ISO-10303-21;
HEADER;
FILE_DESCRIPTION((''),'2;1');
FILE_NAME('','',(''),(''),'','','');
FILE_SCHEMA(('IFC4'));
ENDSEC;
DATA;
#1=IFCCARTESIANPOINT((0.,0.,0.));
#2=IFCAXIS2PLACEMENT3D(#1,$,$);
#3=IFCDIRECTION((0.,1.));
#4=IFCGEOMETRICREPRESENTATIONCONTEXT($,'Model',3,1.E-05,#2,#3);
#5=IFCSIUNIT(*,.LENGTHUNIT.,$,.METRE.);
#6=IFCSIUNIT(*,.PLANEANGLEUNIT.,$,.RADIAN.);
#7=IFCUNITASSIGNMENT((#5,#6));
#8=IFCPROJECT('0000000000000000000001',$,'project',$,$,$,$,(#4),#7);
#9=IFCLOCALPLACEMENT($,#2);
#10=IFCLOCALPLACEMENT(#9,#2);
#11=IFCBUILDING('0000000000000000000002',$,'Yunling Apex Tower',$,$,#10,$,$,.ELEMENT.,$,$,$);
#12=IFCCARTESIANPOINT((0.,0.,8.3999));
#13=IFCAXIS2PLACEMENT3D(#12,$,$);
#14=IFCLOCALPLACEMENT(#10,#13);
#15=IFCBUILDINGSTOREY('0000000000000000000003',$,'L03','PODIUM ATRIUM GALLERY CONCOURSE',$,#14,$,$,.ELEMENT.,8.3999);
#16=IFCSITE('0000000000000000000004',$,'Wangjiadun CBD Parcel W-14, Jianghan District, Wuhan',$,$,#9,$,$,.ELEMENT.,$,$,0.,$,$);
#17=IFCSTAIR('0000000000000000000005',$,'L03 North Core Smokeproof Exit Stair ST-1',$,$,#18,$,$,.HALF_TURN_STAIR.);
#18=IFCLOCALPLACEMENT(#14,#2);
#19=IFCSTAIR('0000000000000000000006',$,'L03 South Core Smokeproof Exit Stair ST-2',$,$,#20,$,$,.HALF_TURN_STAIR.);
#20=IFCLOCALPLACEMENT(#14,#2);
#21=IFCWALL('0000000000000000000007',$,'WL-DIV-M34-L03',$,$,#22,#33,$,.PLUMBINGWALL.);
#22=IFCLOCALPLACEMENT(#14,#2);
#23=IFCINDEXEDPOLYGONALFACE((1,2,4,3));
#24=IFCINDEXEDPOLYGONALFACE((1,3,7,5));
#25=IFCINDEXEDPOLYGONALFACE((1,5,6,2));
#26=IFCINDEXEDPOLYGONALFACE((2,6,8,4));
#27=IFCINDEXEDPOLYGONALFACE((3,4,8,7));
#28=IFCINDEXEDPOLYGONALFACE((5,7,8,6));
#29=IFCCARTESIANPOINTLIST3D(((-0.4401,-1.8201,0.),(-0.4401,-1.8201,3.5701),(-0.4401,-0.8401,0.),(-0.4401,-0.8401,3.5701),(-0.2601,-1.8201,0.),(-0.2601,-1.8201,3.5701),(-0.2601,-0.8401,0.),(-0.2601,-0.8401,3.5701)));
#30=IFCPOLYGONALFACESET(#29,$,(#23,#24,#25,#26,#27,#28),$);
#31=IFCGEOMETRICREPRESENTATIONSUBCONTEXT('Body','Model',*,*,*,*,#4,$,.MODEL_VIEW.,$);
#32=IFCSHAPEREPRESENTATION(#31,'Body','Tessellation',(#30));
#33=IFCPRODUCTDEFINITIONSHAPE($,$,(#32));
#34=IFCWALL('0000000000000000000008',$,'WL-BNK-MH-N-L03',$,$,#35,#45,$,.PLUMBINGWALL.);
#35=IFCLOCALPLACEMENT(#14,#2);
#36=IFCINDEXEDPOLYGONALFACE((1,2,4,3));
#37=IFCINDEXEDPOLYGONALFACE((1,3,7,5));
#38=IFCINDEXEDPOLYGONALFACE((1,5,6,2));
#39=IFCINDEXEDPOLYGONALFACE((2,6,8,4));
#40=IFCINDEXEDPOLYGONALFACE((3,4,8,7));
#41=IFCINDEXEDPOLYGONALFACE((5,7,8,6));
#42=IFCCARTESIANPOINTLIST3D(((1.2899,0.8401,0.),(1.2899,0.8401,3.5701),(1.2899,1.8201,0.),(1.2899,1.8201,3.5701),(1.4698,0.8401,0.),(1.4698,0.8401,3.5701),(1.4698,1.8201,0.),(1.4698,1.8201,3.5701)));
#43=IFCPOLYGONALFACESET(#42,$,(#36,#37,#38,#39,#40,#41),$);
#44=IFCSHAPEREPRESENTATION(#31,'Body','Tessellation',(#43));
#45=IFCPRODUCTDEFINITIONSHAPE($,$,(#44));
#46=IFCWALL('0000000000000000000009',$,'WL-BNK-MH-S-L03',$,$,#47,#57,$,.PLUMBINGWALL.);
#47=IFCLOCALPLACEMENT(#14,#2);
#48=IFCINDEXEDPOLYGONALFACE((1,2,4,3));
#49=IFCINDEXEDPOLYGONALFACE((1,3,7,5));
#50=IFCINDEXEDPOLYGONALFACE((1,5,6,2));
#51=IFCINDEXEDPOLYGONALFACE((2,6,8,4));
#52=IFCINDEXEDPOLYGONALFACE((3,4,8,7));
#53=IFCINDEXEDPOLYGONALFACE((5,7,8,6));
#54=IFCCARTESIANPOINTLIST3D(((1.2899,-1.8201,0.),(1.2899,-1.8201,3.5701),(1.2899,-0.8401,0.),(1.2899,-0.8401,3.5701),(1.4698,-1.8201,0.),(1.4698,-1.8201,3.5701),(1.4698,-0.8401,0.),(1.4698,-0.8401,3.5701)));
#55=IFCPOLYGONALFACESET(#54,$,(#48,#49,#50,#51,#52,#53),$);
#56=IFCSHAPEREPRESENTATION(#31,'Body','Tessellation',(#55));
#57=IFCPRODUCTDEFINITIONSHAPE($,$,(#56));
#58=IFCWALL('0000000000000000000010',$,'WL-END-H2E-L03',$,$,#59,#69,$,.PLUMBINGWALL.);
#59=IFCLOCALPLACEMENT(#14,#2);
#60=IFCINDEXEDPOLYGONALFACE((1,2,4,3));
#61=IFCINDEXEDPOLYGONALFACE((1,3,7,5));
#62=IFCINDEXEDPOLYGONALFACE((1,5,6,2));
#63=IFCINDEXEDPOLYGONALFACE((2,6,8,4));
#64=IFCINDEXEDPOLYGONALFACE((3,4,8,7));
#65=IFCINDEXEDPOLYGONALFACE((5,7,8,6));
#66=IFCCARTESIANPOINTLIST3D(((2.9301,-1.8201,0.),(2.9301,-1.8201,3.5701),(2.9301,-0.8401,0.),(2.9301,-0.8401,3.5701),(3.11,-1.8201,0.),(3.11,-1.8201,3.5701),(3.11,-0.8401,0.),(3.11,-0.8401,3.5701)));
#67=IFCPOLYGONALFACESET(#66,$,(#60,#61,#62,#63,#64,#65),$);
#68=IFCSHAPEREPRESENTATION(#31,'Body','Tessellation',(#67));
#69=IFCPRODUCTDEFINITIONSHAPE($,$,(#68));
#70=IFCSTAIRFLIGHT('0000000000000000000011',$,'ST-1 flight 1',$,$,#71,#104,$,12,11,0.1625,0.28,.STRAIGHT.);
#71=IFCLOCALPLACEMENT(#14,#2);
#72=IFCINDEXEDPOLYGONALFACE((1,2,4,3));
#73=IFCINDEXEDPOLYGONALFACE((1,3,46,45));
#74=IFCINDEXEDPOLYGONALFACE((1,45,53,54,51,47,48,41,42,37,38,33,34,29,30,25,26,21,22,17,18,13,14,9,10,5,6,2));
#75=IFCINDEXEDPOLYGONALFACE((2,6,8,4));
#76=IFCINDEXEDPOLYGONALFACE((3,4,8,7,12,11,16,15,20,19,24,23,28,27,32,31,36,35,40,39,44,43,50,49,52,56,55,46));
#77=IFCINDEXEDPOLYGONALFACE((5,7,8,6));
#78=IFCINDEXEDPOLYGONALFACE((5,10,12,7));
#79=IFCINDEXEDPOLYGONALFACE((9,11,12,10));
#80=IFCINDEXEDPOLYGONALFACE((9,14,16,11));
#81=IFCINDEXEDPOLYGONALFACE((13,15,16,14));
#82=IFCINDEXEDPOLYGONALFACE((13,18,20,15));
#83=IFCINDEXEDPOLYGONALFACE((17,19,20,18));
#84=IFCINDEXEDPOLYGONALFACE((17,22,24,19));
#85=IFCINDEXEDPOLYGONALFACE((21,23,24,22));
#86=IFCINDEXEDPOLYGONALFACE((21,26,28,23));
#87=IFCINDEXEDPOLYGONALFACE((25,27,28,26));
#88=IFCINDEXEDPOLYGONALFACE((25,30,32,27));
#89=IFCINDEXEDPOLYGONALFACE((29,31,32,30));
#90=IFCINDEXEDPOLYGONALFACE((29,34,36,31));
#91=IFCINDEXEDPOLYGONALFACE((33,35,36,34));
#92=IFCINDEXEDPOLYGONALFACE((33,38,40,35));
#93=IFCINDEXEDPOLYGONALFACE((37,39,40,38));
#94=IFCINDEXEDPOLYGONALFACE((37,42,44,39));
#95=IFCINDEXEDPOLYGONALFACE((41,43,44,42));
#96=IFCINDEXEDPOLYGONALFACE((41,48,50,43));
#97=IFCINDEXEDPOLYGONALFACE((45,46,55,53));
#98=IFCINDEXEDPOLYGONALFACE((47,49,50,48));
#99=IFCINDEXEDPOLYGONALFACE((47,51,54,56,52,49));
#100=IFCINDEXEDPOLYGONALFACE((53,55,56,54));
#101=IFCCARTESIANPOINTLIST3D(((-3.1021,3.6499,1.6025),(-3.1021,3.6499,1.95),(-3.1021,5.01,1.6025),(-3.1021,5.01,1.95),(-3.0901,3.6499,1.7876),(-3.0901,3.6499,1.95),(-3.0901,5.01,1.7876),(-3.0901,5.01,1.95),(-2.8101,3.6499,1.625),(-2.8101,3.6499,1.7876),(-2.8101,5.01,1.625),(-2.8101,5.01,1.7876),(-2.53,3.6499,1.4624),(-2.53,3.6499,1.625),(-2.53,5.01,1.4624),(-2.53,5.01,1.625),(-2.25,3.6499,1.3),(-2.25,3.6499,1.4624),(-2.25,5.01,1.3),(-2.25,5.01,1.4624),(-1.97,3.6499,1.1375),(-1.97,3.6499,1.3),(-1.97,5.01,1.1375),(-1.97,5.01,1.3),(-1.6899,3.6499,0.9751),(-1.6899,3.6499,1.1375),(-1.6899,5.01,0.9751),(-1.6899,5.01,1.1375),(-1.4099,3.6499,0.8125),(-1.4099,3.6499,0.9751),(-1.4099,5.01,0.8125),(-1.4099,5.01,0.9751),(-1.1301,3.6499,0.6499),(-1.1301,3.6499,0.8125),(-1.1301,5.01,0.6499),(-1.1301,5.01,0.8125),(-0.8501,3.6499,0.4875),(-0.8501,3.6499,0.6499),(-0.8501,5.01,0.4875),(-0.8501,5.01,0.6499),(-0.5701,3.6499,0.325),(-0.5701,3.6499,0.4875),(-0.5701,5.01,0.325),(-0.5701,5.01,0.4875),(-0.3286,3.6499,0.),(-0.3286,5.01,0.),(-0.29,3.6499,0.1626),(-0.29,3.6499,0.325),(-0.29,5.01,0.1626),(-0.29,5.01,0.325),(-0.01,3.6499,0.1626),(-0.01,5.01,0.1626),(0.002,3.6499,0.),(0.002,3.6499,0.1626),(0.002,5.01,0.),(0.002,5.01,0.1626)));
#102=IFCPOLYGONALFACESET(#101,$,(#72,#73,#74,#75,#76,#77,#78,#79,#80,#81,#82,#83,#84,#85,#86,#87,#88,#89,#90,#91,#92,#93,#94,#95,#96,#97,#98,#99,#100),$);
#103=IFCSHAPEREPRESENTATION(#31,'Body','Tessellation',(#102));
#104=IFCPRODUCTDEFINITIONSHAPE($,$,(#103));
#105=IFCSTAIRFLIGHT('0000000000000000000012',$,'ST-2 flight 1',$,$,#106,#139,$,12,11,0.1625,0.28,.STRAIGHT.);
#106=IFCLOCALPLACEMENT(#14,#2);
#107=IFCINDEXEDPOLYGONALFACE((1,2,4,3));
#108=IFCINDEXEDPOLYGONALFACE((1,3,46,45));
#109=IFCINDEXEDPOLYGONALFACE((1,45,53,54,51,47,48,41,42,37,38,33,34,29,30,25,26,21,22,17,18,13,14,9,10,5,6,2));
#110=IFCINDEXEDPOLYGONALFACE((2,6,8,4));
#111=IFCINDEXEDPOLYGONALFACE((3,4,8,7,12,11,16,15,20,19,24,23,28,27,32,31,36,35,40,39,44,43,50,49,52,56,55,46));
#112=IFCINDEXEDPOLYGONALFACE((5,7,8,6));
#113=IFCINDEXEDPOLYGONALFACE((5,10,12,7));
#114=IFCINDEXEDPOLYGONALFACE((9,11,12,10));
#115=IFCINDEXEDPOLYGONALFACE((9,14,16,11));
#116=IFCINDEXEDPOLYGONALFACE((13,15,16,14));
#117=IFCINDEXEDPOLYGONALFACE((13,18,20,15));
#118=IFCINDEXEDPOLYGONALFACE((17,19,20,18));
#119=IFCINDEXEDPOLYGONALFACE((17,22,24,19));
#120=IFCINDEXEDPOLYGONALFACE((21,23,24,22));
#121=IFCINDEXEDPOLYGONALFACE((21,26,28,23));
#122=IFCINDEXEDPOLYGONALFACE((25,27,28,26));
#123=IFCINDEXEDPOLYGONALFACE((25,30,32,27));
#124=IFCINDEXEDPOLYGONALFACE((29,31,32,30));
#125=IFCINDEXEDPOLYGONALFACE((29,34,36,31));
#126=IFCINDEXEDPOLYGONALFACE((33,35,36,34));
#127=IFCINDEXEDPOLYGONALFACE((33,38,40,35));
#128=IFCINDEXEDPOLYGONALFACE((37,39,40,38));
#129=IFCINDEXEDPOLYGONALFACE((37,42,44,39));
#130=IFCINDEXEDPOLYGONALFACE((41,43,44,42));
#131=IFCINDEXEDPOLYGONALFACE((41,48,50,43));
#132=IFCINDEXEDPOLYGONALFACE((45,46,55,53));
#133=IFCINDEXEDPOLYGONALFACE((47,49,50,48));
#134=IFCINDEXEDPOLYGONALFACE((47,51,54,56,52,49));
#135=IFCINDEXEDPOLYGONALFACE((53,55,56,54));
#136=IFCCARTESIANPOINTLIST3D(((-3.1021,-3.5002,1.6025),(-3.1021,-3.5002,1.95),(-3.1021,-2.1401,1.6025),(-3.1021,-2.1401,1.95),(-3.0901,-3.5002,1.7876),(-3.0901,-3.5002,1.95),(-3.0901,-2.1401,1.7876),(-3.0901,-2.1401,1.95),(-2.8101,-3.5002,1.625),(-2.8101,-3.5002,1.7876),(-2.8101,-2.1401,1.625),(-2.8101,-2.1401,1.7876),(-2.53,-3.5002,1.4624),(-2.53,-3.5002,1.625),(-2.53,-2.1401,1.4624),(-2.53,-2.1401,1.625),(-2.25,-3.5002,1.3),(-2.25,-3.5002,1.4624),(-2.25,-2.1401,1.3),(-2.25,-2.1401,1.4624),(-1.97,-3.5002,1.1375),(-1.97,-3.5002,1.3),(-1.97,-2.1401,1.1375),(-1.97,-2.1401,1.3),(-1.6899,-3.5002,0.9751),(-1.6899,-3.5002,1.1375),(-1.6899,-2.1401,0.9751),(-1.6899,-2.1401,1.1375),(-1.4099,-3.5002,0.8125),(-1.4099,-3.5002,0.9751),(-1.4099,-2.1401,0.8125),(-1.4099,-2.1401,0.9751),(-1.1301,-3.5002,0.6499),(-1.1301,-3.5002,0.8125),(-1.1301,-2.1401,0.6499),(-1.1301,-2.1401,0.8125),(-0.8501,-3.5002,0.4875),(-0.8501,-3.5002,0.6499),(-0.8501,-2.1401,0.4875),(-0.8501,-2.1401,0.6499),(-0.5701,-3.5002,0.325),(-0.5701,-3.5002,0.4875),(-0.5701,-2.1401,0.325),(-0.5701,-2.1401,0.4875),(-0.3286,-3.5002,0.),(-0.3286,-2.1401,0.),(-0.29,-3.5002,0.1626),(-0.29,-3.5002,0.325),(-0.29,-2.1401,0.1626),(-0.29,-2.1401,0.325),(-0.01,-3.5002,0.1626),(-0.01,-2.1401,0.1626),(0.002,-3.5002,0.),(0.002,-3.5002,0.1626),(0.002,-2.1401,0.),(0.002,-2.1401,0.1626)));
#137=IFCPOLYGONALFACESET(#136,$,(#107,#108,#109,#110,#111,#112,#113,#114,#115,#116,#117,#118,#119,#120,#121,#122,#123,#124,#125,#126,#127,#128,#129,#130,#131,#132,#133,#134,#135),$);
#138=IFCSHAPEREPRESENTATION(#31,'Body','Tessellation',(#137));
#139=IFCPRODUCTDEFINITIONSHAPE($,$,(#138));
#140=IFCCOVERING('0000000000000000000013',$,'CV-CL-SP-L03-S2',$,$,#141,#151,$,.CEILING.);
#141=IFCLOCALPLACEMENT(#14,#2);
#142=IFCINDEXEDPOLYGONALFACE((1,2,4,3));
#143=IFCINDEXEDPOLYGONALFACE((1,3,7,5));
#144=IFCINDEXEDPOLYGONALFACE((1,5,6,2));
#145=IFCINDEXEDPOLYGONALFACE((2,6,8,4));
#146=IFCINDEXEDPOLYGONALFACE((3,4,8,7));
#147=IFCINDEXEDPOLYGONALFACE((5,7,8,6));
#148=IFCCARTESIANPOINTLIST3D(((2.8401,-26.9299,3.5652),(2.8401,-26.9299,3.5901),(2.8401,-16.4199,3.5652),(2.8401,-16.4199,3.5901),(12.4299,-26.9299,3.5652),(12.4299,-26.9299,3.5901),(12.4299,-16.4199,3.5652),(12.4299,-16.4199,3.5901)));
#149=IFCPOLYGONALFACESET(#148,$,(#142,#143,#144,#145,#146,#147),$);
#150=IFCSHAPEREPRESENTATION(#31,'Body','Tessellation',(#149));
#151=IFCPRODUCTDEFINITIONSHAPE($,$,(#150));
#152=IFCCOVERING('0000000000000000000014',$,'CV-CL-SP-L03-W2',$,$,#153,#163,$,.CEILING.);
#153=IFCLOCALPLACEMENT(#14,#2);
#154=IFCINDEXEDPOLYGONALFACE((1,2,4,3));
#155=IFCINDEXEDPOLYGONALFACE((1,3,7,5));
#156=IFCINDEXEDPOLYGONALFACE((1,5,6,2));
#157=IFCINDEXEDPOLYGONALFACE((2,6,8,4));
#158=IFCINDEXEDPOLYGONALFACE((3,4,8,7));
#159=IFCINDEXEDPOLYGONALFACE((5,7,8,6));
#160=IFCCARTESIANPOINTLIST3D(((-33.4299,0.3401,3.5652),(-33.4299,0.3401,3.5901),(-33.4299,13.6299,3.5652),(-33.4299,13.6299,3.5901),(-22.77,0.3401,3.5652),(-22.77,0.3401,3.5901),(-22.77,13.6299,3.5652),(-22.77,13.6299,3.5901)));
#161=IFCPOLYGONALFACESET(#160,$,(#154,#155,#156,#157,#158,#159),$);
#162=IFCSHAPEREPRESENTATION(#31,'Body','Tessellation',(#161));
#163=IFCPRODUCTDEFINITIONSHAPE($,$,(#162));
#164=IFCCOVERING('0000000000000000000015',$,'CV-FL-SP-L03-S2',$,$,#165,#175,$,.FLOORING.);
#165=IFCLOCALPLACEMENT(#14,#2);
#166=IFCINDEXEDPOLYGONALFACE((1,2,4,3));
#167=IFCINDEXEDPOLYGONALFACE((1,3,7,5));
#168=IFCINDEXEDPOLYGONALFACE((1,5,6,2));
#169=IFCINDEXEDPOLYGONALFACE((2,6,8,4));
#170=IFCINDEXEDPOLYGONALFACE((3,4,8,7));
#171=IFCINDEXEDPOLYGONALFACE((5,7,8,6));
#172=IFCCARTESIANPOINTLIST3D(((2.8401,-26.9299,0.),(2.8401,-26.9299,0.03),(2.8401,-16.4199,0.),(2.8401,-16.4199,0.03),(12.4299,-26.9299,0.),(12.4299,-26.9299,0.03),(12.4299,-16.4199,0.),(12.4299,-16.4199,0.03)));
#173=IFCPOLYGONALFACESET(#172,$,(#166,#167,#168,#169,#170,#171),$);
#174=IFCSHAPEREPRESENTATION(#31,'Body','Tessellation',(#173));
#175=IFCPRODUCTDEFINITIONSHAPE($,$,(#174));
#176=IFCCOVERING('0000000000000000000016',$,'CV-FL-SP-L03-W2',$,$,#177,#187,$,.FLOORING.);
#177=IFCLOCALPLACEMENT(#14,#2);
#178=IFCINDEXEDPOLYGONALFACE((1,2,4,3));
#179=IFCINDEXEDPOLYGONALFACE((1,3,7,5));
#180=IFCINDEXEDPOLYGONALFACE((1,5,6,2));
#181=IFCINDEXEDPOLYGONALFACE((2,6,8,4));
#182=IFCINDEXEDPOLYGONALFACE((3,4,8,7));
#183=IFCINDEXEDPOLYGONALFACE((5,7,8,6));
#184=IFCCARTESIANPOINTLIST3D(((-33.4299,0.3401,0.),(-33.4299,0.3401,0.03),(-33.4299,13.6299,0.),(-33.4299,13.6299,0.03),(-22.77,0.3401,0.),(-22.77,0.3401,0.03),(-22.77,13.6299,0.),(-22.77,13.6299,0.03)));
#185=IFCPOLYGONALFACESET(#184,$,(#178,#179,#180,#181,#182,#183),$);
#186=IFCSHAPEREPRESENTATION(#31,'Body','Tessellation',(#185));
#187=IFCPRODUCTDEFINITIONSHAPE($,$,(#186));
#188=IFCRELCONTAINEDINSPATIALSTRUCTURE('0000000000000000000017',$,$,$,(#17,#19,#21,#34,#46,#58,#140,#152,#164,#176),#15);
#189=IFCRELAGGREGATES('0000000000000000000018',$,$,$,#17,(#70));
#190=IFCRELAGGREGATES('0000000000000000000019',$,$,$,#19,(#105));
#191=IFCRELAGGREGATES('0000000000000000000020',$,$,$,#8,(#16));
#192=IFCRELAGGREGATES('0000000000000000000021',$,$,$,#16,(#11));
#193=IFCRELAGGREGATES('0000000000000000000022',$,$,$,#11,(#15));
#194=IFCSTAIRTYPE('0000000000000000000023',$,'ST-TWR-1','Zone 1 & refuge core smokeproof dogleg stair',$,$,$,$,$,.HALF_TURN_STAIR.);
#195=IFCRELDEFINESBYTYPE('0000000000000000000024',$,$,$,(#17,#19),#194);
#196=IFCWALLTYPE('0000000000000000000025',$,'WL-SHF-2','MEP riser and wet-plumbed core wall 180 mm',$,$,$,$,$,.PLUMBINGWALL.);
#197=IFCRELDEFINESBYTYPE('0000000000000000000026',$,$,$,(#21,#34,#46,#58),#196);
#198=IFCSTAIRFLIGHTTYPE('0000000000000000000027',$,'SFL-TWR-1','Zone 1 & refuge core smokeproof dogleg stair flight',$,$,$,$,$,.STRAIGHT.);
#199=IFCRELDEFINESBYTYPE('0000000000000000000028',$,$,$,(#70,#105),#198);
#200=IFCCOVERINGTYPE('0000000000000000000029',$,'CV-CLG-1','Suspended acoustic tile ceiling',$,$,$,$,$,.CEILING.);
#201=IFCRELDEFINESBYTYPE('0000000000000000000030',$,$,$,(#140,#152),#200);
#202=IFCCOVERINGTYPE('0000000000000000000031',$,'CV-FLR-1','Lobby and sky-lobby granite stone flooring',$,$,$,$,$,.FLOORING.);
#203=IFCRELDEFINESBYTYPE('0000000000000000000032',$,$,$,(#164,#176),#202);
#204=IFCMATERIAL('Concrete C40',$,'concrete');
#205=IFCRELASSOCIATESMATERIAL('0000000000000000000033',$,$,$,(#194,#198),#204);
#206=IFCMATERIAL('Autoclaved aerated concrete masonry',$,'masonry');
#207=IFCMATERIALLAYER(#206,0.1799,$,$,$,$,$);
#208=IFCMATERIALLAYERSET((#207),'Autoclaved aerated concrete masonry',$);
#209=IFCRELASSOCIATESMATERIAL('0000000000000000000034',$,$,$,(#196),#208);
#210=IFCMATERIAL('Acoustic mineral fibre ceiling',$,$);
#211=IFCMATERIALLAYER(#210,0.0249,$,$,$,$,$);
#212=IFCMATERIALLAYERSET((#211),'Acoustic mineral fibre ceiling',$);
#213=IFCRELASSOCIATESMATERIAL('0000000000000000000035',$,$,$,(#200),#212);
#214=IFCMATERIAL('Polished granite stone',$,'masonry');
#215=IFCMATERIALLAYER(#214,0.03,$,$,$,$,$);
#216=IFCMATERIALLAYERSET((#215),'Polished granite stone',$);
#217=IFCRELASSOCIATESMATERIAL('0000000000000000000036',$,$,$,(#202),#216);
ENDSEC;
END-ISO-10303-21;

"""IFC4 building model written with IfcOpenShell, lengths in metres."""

from ifc_helpers import new_model, si_unit, direction, frame, frame_2d, origin, place, context, subcontext, project, spatial, polyline, rectangle, outline, extrude, material, layer, layer_set, type_object, element, aggregate, save


model = new_model("IFC4")

# Units and contexts
model_context = context("Model", 3, precision=1e-05, world=origin(), true_north=direction((0.0, 1.0)))
body_context = subcontext(model_context, "Body", "Model", "MODEL_VIEW")
ifc_project = project(units=[si_unit("LENGTHUNIT", "METRE"), si_unit("PLANEANGLEUNIT", "RADIAN")], contexts=[model_context])

# Site, building, storey
site_placement = place(None, origin())
site = spatial("IfcSite", under=ifc_project, at=site_placement, Name="Wangjiadun CBD Parcel W-14, Jianghan District, Wuhan", CompositionType="ELEMENT", RefElevation=0.0)
building_placement = place(site_placement, origin())
building = spatial("IfcBuilding", under=site, at=building_placement, Name="Yunling Apex Tower", CompositionType="ELEMENT")
storey_placement = place(building_placement, frame((0.0, 0.0, 8.3999)))
storey = spatial("IfcBuildingStorey", under=building, at=storey_placement, Name="L03", Description="PODIUM ATRIUM GALLERY CONCOURSE", CompositionType="ELEMENT", Elevation=8.3999)

# Stairs
ifc_material_1 = material(Name="Concrete C40", Category="concrete")
stair_type_1 = type_object("IfcStairType", Name="ST-TWR-1", Description="Zone 1 & refuge core smokeproof dogleg stair", PredefinedType="HALF_TURN_STAIR", material=ifc_material_1)
stair_1_placement = place(storey_placement, origin())
stair_1 = element("IfcStair", 1, at=stair_1_placement, inside=storey, type_object=stair_type_1, Name="L03 North Core Smokeproof Exit Stair ST-1", PredefinedType="HALF_TURN_STAIR")
stair_2_placement = place(storey_placement, origin())
stair_2 = element("IfcStair", 2, at=stair_2_placement, inside=storey, type_object=stair_type_1, Name="L03 South Core Smokeproof Exit Stair ST-2", PredefinedType="HALF_TURN_STAIR")

# Shared definitions
ifc_material_2 = material(Name="Autoclaved aerated concrete masonry", Category="masonry")

# Walls
ifc_layer_1 = layer(ifc_material_2, 0.1799)
ifc_layer_set_1 = layer_set([ifc_layer_1], Name="Autoclaved aerated concrete masonry")
wall_type_1 = type_object("IfcWallType", Name="WL-SHF-2", Description="MEP riser and wet-plumbed core wall 180 mm", PredefinedType="PLUMBINGWALL", material=ifc_layer_set_1)
for number, where, z_axis, x_axis, name in (
    (3, (-0.3501, -1.8201, 0.0), (0.0, 0.0, 1.0), (0.0, 1.0, 0.0), "WL-DIV-M34-L03"),
    (4, (1.3799, 0.8401, 0.0), (0.0, 0.0, 1.0), (0.0, 1.0, 0.0), "WL-BNK-MH-N-L03"),
    (5, (1.3799, -1.8201, 0.0), (0.0, 0.0, 1.0), (0.0, 1.0, 0.0), "WL-BNK-MH-S-L03"),
    (6, (3.02, -1.8201, 0.0), (0.0, 0.0, 1.0), (0.0, 1.0, 0.0), "WL-END-H2E-L03"),
):
    element("IfcWall", number, at=place(storey_placement, frame(where, z_axis=z_axis, x_axis=x_axis)), inside=storey, type_object=wall_type_1, Name=name, PredefinedType="PLUMBINGWALL", context=body_context, shape_type="SweptSolid", body=[
        extrude(rectangle(XDim=0.98, YDim=0.1799, at=frame_2d((0.49, 0.0))), origin(), (0.0, 0.0, 1.0), 3.5701),
    ])

# Stair flights
stair_flight_type = type_object("IfcStairFlightType", Name="SFL-TWR-1", Description="Zone 1 & refuge core smokeproof dogleg stair flight", PredefinedType="STRAIGHT", material=ifc_material_1)
stair_flight_1_placement = place(storey_placement, frame((-0.01, 4.3301, 0.0), z_axis=(0.0, 0.0, 1.0), x_axis=(-1.0, 0.0, 0.0)))
stair_flight_1 = element("IfcStairFlight", 7, at=stair_flight_1_placement, type_object=stair_flight_type, Name="ST-1 flight 1", NumberOfRisers=12, NumberOfTreads=11, PredefinedType="STRAIGHT", RiserHeight=0.1625, TreadLength=0.28, context=body_context, shape_type="SweptSolid", body=[
    extrude(outline(polyline([(-0.012, 0.0), (-0.012, 0.1626), (0.0, 0.1626), (0.28, 0.1626), (0.28, 0.325), (0.5601, 0.325), (0.5601, 0.4875), (0.8401, 0.4875), (0.8401, 0.6499), (1.1201, 0.6499), (1.1201, 0.8125), (1.3999, 0.8125), (1.3999, 0.9751), (1.6799, 0.9751), (1.6799, 1.1375), (1.96, 1.1375), (1.96, 1.3), (2.24, 1.3), (2.24, 1.4624), (2.52, 1.4624), (2.52, 1.625), (2.8, 1.625), (2.8, 1.7876), (3.0801, 1.7876), (3.0801, 1.95), (3.092, 1.95), (3.092, 1.6025), (0.3186, 0.0), (-0.012, 0.0)])), frame((0.0, 0.6802, 0.0), z_axis=(0.0, -1.0, 0.0), x_axis=(1.0, 0.0, 0.0)), (0.0, 0.0, 1.0), 1.3601),
])
aggregate(stair_1, [stair_flight_1])
stair_flight_2_placement = place(storey_placement, frame((-0.01, -2.8201, 0.0), z_axis=(0.0, 0.0, 1.0), x_axis=(-1.0, 0.0, 0.0)))
stair_flight_2 = element("IfcStairFlight", 8, at=stair_flight_2_placement, type_object=stair_flight_type, Name="ST-2 flight 1", NumberOfRisers=12, NumberOfTreads=11, PredefinedType="STRAIGHT", RiserHeight=0.1625, TreadLength=0.28, context=body_context, shape_type="SweptSolid", body=[
    extrude(outline(polyline([(-0.012, 0.0), (-0.012, 0.1626), (0.0, 0.1626), (0.28, 0.1626), (0.28, 0.325), (0.5601, 0.325), (0.5601, 0.4875), (0.8401, 0.4875), (0.8401, 0.6499), (1.1201, 0.6499), (1.1201, 0.8125), (1.3999, 0.8125), (1.3999, 0.9751), (1.6799, 0.9751), (1.6799, 1.1375), (1.96, 1.1375), (1.96, 1.3), (2.24, 1.3), (2.24, 1.4624), (2.52, 1.4624), (2.52, 1.625), (2.8, 1.625), (2.8, 1.7876), (3.0801, 1.7876), (3.0801, 1.95), (3.092, 1.95), (3.092, 1.6025), (0.3186, 0.0), (-0.012, 0.0)])), frame((0.0, 0.6802, 0.0), z_axis=(0.0, -1.0, 0.0), x_axis=(1.0, 0.0, 0.0)), (0.0, 0.0, 1.0), 1.3601),
])
aggregate(stair_2, [stair_flight_2])

# Coverings
ifc_material_3 = material(Name="Acoustic mineral fibre ceiling")
ifc_layer_2 = layer(ifc_material_3, 0.0249)
ifc_layer_set_2 = layer_set([ifc_layer_2], Name="Acoustic mineral fibre ceiling")
covering_type_1 = type_object("IfcCoveringType", Name="CV-CLG-1", Description="Suspended acoustic tile ceiling", PredefinedType="CEILING", material=ifc_layer_set_2)
covering_1_placement = place(storey_placement, frame((0.0, 0.0, 3.5652)))
element("IfcCovering", 9, at=covering_1_placement, inside=storey, type_object=covering_type_1, Name="CV-CL-SP-L03-S2", PredefinedType="CEILING", context=body_context, shape_type="SweptSolid", body=[
    extrude(outline(polyline([(12.4299, -26.9299), (2.8401, -26.9299), (2.8401, -16.4199), (12.4299, -16.4199), (12.4299, -26.9299)])), origin(), (0.0, 0.0, 1.0), 0.0249),
])
covering_2_placement = place(storey_placement, frame((0.0, 0.0, 3.5652)))
element("IfcCovering", 10, at=covering_2_placement, inside=storey, type_object=covering_type_1, Name="CV-CL-SP-L03-W2", PredefinedType="CEILING", context=body_context, shape_type="SweptSolid", body=[
    extrude(outline(polyline([(-22.77, 0.3401), (-33.4299, 0.3401), (-33.4299, 13.6299), (-22.77, 13.6299), (-22.77, 0.3401)])), origin(), (0.0, 0.0, 1.0), 0.0249),
])
ifc_material_4 = material(Name="Polished granite stone", Category="masonry")
ifc_layer_3 = layer(ifc_material_4, 0.03)
ifc_layer_set_3 = layer_set([ifc_layer_3], Name="Polished granite stone")
covering_type_2 = type_object("IfcCoveringType", Name="CV-FLR-1", Description="Lobby and sky-lobby granite stone flooring", PredefinedType="FLOORING", material=ifc_layer_set_3)
covering_3_placement = place(storey_placement, origin())
element("IfcCovering", 11, at=covering_3_placement, inside=storey, type_object=covering_type_2, Name="CV-FL-SP-L03-S2", PredefinedType="FLOORING", context=body_context, shape_type="SweptSolid", body=[
    extrude(outline(polyline([(12.4299, -26.9299), (2.8401, -26.9299), (2.8401, -16.4199), (12.4299, -16.4199), (12.4299, -26.9299)])), origin(), (0.0, 0.0, 1.0), 0.03),
])
covering_4_placement = place(storey_placement, origin())
element("IfcCovering", 12, at=covering_4_placement, inside=storey, type_object=covering_type_2, Name="CV-FL-SP-L03-W2", PredefinedType="FLOORING", context=body_context, shape_type="SweptSolid", body=[
    extrude(outline(polyline([(-22.77, 0.3401), (-33.4299, 0.3401), (-33.4299, 13.6299), (-22.77, 13.6299), (-22.77, 0.3401)])), origin(), (0.0, 0.0, 1.0), 0.03),
])

save(model, "model.ifc")
